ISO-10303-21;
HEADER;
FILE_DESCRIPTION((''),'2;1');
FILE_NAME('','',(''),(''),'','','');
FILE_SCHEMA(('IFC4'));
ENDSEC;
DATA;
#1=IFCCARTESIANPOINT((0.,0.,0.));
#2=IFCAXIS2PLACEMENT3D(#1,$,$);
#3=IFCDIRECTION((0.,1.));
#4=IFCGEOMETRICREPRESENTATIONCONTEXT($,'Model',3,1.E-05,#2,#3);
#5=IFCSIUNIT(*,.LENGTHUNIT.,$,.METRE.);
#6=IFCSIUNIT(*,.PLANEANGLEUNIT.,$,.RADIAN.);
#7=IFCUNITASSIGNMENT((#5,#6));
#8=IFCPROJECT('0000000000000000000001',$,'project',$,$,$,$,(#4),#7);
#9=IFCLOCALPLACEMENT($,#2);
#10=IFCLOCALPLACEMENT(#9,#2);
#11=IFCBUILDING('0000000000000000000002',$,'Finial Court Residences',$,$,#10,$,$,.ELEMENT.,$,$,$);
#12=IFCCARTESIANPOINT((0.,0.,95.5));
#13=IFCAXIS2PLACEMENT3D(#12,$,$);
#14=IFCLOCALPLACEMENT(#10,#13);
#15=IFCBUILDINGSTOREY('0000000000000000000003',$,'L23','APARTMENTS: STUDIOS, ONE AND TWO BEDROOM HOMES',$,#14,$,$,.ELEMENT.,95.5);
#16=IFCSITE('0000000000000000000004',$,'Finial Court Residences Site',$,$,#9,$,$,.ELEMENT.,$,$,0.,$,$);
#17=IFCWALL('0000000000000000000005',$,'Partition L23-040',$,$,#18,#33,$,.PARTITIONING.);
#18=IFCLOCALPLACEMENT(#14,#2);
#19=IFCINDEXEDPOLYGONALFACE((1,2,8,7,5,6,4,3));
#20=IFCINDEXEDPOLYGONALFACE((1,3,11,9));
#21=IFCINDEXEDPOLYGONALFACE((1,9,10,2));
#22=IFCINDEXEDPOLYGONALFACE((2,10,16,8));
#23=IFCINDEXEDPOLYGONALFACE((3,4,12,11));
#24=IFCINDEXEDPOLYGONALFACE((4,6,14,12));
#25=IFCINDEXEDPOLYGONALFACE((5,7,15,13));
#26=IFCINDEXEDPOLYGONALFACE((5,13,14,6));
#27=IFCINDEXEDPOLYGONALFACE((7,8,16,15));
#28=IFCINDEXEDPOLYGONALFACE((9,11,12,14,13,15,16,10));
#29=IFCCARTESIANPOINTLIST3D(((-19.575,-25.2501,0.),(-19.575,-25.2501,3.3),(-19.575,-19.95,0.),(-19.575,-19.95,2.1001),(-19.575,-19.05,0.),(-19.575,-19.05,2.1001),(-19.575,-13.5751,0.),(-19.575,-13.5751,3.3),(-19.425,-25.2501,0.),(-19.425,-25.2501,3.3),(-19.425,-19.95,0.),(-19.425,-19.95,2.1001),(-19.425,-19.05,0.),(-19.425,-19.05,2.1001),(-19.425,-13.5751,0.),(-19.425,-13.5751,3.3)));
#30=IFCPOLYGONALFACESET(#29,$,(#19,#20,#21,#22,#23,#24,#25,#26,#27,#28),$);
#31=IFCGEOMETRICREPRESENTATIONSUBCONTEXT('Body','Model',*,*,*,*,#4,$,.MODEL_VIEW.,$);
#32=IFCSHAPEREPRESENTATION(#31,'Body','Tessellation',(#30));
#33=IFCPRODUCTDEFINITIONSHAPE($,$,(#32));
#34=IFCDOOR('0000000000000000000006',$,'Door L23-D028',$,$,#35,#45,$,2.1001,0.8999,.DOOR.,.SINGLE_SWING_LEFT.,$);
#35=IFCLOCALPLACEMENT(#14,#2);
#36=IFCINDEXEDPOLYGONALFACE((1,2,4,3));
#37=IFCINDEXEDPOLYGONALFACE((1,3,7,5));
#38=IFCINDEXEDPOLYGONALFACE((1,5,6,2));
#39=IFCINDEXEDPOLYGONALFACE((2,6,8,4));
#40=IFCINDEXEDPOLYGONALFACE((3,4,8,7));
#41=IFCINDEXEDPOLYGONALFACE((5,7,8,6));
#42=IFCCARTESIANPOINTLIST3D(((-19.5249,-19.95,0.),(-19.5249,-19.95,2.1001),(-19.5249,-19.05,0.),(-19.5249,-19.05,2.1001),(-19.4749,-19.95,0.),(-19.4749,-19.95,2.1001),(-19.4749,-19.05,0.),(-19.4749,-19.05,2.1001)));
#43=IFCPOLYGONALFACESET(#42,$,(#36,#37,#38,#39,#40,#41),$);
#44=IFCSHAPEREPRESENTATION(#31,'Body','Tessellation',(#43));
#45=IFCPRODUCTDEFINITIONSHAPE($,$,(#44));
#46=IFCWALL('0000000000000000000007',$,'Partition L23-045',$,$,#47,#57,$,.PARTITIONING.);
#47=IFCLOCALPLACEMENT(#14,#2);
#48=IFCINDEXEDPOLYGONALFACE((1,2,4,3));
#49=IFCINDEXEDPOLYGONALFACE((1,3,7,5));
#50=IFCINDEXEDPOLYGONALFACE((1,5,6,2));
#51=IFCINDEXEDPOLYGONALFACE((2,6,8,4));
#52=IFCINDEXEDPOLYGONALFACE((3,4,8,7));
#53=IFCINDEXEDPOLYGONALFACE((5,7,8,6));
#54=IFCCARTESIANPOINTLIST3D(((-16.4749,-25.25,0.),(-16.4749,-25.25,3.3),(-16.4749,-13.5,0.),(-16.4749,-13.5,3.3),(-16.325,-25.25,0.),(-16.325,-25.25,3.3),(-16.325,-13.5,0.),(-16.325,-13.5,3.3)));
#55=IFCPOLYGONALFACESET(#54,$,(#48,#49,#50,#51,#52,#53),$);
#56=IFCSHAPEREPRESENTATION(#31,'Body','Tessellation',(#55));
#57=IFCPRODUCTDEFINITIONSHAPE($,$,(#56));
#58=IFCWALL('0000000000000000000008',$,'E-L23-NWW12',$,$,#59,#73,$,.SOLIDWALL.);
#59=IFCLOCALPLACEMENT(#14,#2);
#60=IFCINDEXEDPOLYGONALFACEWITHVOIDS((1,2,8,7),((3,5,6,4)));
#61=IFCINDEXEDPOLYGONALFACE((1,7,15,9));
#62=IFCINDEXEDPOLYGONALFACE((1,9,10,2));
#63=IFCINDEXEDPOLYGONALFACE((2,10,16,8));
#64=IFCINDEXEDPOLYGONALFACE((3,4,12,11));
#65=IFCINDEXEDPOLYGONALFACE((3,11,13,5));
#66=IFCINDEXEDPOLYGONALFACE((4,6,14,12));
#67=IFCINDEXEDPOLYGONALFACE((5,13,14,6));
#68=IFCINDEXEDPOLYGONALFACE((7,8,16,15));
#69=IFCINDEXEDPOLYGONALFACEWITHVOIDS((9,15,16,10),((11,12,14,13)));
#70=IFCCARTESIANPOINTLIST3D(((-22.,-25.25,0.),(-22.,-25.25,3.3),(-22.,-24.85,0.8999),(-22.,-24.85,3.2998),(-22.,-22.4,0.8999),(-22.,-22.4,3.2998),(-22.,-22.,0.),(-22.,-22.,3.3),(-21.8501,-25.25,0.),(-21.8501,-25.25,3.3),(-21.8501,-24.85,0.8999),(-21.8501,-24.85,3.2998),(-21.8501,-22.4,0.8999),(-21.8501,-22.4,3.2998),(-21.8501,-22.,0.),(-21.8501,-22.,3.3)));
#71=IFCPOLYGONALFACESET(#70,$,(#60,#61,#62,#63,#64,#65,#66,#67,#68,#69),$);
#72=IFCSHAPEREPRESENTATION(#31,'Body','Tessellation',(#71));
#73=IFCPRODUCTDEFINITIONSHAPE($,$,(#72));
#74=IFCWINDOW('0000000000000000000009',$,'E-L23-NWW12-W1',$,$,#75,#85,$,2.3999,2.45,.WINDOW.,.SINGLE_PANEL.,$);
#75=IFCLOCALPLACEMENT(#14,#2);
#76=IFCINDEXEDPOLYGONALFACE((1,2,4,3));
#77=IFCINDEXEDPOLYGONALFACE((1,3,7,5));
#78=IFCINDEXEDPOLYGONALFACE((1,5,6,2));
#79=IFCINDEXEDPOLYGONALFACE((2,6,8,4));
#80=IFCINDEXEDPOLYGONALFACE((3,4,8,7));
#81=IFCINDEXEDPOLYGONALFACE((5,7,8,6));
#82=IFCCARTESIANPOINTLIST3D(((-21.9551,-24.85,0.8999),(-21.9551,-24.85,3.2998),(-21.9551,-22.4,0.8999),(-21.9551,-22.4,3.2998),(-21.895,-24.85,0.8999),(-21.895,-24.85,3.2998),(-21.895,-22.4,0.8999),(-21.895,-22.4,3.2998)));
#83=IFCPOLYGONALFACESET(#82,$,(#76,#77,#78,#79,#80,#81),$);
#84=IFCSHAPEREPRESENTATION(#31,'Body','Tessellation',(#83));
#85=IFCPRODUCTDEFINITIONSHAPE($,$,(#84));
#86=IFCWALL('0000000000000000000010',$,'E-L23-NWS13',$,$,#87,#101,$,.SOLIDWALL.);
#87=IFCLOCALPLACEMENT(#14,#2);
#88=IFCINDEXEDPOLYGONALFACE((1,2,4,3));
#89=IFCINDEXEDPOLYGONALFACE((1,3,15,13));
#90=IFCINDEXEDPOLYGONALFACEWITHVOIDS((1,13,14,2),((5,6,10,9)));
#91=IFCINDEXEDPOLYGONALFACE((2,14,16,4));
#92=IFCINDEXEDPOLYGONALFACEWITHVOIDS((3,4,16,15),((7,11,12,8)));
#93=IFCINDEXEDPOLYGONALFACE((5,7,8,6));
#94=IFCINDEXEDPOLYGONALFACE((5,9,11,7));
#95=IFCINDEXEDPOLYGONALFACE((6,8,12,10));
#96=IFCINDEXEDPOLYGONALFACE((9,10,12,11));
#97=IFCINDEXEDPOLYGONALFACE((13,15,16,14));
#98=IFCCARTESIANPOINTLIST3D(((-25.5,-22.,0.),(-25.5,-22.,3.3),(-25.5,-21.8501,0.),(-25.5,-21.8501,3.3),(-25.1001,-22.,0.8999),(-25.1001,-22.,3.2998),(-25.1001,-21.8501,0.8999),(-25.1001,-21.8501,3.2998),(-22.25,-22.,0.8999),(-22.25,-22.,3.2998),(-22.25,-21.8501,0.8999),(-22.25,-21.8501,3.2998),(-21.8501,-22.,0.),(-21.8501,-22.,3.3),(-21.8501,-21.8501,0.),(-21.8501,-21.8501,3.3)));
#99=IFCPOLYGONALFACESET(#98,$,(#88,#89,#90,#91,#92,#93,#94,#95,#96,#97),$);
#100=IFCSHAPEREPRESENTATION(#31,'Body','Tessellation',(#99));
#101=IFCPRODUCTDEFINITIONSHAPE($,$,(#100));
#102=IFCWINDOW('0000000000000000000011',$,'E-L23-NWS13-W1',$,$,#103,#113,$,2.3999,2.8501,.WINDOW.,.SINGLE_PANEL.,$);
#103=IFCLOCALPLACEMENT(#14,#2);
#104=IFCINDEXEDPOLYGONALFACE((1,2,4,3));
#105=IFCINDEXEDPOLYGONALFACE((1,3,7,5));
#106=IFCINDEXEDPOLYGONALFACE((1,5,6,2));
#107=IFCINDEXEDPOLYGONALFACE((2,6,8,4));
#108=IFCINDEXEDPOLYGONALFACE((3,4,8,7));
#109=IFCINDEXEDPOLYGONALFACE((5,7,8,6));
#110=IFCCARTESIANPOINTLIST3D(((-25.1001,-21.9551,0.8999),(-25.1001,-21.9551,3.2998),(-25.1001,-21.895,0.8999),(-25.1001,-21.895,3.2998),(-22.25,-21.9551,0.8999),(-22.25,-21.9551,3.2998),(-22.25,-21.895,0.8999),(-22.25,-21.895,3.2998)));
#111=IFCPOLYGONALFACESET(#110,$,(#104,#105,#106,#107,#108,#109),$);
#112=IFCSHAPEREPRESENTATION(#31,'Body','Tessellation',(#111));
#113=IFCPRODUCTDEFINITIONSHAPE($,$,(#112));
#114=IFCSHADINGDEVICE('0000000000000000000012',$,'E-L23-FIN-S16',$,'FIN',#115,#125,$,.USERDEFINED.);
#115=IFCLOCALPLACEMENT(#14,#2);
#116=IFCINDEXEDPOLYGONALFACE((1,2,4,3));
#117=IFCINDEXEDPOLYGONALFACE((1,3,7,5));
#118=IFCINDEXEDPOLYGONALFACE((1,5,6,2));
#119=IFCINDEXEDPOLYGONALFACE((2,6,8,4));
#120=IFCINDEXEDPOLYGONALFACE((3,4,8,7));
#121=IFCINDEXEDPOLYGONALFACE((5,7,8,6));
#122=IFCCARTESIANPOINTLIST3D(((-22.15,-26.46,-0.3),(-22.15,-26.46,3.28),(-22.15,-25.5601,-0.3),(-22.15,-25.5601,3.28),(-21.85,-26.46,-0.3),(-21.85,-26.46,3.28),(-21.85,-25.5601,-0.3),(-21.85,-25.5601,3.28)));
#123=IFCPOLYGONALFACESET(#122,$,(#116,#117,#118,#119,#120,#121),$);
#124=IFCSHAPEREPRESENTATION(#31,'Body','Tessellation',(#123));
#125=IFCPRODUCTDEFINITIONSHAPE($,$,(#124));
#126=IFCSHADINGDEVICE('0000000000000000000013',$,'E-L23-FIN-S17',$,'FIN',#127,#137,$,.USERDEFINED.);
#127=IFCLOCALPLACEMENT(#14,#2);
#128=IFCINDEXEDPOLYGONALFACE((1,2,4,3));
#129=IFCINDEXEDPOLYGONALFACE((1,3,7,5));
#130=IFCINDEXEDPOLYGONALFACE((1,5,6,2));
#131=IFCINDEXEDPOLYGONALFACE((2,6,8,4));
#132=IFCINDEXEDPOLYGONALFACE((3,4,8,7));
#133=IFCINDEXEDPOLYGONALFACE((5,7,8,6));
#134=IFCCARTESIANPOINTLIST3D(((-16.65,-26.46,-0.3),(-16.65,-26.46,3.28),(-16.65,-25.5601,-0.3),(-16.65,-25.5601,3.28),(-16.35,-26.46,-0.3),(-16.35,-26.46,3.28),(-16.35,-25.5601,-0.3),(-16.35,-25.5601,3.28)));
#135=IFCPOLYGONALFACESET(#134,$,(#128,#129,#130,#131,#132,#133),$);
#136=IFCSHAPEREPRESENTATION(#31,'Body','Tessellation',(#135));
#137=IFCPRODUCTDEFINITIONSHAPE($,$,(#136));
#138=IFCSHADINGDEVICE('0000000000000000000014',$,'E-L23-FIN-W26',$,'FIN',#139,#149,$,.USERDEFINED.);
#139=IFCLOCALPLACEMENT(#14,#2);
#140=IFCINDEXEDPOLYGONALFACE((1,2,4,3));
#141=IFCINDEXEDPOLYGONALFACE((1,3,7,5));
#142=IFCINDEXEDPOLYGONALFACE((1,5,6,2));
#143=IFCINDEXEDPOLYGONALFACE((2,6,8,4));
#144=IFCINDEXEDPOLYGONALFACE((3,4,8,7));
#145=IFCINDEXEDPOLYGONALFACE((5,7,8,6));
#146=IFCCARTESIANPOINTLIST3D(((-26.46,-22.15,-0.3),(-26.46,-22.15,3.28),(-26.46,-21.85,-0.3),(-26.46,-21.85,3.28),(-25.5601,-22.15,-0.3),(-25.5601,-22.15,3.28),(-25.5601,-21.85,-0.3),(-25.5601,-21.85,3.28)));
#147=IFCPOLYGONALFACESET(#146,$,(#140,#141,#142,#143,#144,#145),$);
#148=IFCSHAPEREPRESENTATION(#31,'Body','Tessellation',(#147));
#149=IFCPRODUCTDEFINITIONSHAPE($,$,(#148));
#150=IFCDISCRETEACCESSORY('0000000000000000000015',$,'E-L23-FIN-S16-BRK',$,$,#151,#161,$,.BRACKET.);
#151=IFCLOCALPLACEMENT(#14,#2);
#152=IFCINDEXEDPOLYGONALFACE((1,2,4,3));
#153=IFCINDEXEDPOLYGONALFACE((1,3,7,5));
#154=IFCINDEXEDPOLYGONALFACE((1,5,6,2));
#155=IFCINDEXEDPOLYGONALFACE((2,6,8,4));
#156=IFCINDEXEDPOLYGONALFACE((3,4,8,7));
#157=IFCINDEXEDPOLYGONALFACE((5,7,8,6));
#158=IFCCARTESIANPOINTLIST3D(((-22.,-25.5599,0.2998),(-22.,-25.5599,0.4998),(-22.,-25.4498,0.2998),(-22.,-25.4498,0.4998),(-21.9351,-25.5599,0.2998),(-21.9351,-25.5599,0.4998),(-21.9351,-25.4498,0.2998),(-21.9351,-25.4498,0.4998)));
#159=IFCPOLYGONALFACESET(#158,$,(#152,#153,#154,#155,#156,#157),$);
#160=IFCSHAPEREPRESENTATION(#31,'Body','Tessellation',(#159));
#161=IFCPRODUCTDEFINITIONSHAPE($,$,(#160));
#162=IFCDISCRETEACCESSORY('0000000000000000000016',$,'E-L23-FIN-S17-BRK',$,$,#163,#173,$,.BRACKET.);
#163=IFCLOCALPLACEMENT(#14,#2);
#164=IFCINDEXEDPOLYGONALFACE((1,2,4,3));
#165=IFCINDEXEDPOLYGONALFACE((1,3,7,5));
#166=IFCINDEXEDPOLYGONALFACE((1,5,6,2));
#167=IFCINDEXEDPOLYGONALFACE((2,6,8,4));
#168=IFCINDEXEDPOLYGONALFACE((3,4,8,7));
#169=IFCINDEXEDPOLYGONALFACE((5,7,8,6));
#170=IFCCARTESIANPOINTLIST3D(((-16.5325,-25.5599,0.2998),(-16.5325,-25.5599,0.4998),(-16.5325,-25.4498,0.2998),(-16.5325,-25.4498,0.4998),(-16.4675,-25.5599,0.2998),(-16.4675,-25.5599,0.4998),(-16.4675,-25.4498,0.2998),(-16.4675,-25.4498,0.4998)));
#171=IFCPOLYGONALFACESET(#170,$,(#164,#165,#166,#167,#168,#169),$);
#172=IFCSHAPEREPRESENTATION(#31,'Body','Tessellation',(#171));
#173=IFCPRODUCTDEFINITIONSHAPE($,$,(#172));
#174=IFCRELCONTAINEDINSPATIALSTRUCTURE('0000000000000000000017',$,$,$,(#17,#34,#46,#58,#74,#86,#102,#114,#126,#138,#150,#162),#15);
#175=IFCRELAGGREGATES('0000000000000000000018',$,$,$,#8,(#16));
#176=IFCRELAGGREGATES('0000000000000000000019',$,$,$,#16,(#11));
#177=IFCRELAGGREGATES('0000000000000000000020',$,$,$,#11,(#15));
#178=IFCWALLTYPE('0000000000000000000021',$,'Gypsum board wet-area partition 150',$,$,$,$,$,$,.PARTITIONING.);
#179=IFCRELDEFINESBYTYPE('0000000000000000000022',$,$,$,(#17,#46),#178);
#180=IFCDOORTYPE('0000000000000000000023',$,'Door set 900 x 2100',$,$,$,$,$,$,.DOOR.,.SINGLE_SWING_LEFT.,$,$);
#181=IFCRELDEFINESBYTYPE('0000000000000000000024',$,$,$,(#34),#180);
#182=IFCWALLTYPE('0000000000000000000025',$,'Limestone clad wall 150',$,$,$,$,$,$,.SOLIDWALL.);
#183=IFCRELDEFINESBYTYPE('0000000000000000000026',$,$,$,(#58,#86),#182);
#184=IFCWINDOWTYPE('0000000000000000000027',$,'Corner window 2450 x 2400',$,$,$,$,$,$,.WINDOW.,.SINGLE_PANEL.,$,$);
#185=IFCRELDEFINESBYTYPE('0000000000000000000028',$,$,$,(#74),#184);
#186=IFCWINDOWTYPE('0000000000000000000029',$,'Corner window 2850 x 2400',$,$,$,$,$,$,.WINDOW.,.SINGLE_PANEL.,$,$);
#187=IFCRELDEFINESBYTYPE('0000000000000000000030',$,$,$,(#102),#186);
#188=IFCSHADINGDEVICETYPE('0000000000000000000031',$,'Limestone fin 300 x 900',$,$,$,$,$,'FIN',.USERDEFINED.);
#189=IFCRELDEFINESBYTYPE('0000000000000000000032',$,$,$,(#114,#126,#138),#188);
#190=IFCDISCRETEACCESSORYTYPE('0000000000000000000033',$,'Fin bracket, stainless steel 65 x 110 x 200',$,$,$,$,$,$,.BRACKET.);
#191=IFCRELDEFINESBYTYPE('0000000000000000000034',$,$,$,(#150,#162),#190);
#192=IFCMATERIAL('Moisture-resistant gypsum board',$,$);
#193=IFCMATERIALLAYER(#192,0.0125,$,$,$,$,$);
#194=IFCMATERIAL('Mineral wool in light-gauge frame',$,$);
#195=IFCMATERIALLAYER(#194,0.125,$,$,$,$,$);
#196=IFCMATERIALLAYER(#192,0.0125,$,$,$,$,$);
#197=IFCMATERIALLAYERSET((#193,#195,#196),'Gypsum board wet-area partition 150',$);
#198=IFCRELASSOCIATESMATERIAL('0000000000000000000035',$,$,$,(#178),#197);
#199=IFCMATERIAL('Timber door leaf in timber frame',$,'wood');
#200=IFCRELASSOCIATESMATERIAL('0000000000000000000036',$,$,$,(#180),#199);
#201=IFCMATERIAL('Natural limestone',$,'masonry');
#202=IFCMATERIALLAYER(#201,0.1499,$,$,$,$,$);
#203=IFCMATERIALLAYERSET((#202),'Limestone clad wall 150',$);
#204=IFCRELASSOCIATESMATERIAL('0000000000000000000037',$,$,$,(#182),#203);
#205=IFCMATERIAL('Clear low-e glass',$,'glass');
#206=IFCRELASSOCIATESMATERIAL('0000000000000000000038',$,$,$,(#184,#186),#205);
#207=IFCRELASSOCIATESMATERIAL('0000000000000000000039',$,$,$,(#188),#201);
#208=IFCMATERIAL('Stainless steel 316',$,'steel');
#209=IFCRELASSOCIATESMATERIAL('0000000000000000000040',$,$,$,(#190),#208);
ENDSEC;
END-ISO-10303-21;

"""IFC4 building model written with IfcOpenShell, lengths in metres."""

from ifc_helpers import new_model, si_unit, direction, frame, frame_2d, origin, origin_2d, place, context, subcontext, project, spatial, rectangle, extrude, material, layer, layer_set, type_object, element, fill, save


model = new_model("IFC4")

# Units and contexts
model_context = context("Model", 3, precision=1e-05, world=origin(), true_north=direction((0.0, 1.0)))
body_context = subcontext(model_context, "Body", "Model", "MODEL_VIEW")
ifc_project = project(units=[si_unit("LENGTHUNIT", "METRE"), si_unit("PLANEANGLEUNIT", "RADIAN")], contexts=[model_context])

# Site, building, storey
site_placement = place(None, origin())
site = spatial("IfcSite", under=ifc_project, at=site_placement, Name="Finial Court Residences Site", CompositionType="ELEMENT", RefElevation=0.0)
building_placement = place(site_placement, origin())
building = spatial("IfcBuilding", under=site, at=building_placement, Name="Finial Court Residences", CompositionType="ELEMENT")
storey_placement = place(building_placement, frame((0.0, 0.0, 95.5)))
storey = spatial("IfcBuildingStorey", under=building, at=storey_placement, Name="L23", Description="APARTMENTS: STUDIOS, ONE AND TWO BEDROOM HOMES", CompositionType="ELEMENT", Elevation=95.5)

# Shared definitions
ifc_material_1 = material(Name="Clear low-e glass", Category="glass")

# Wall, opening, door
ifc_material_2 = material(Name="Moisture-resistant gypsum board")
ifc_layer_1 = layer(ifc_material_2, 0.0125)
ifc_material_3 = material(Name="Mineral wool in light-gauge frame")
ifc_layer_2 = layer(ifc_material_3, 0.125)
ifc_layer_3 = layer(ifc_material_2, 0.0125)
ifc_layer_set_1 = layer_set([ifc_layer_1, ifc_layer_2, ifc_layer_3], Name="Gypsum board wet-area partition 150")
wall_type_1 = type_object("IfcWallType", Name="Gypsum board wet-area partition 150", PredefinedType="PARTITIONING", material=ifc_layer_set_1)
ifc_material_4 = material(Name="Timber door leaf in timber frame", Category="wood")
door_type = type_object("IfcDoorType", Name="Door set 900 x 2100", OperationType="SINGLE_SWING_LEFT", PredefinedType="DOOR", material=ifc_material_4)
wall_1_placement = place(storey_placement, frame((-19.5, -25.25, 0.0), z_axis=(0.0, 0.0, 1.0), x_axis=(0.0, 1.0, 0.0)))
wall_1 = element("IfcWall", 1, at=wall_1_placement, inside=storey, type_object=wall_type_1, Name="Partition L23-040", PredefinedType="PARTITIONING", context=body_context, shape_type="SweptSolid", body=[
    extrude(rectangle(XDim=11.675, YDim=0.1499, at=frame_2d((5.8374, 0.0))), origin(), (0.0, 0.0, 1.0), 3.3),
])
opening_1_placement = place(wall_1_placement, frame((5.3, 0.0, 0.0)))
opening_1 = element("IfcOpeningElement", 2, at=opening_1_placement, cuts=wall_1, PredefinedType="OPENING", context=body_context, shape_type="SweptSolid", body=[
    extrude(rectangle(XDim=0.8999, YDim=2.1001, at=frame_2d((0.45, 1.05))), frame((0.0, 0.085, 0.0), z_axis=(0.0, -1.0, 0.0), x_axis=(1.0, 0.0, 0.0)), (0.0, 0.0, 1.0), 0.1699),
])
door_1_placement = place(opening_1_placement, origin())
door_1 = element("IfcDoor", 3, at=door_1_placement, inside=storey, type_object=door_type, Name="Door L23-D028", OperationType="SINGLE_SWING_LEFT", OverallHeight=2.1001, OverallWidth=0.8999, PredefinedType="DOOR", context=body_context, shape_type="SweptSolid", body=[
    extrude(rectangle(XDim=0.8999, YDim=2.1001, at=frame_2d((0.45, 1.05))), frame((0.0, 0.0249, 0.0), z_axis=(0.0, -1.0, 0.0), x_axis=(1.0, 0.0, 0.0)), (0.0, 0.0, 1.0), 0.05),
])
fill(opening_1, door_1)

# Wall
wall_2_placement = place(storey_placement, frame((-16.3999, -25.25, 0.0), z_axis=(0.0, 0.0, 1.0), x_axis=(0.0, 1.0, 0.0)))
element("IfcWall", 4, at=wall_2_placement, inside=storey, type_object=wall_type_1, Name="Partition L23-045", PredefinedType="PARTITIONING", context=body_context, shape_type="SweptSolid", body=[
    extrude(rectangle(XDim=11.75, YDim=0.1499, at=frame_2d((5.875, 0.0))), origin(), (0.0, 0.0, 1.0), 3.3),
])

# Walls, openings, windows
ifc_material_5 = material(Name="Natural limestone", Category="masonry")
ifc_layer_4 = layer(ifc_material_5, 0.1499)
ifc_layer_set_2 = layer_set([ifc_layer_4], Name="Limestone clad wall 150")
wall_type_2 = type_object("IfcWallType", Name="Limestone clad wall 150", PredefinedType="SOLIDWALL", material=ifc_layer_set_2)
wall_3_placement = place(storey_placement, frame((-21.925, -25.25, 0.0), z_axis=(0.0, 0.0, 1.0), x_axis=(0.0, 1.0, 0.0)))
wall_3 = element("IfcWall", 5, at=wall_3_placement, inside=storey, type_object=wall_type_2, Name="E-L23-NWW12", PredefinedType="SOLIDWALL", context=body_context, shape_type="SweptSolid", body=[
    extrude(rectangle(XDim=3.25, YDim=0.1499, at=frame_2d((1.625, 0.0))), origin(), (0.0, 0.0, 1.0), 3.3),
])
opening_2_placement = place(wall_3_placement, frame((0.3999, 0.0, 0.8999)))
opening_2 = element("IfcOpeningElement", 6, at=opening_2_placement, cuts=wall_3, PredefinedType="OPENING", context=body_context, shape_type="SweptSolid", body=[
    extrude(rectangle(XDim=2.45, YDim=2.3999, at=frame_2d((1.2251, 1.2))), frame((0.0, 0.085, 0.0), z_axis=(0.0, -1.0, 0.0), x_axis=(1.0, 0.0, 0.0)), (0.0, 0.0, 1.0), 0.1699),
])
window_type_1 = type_object("IfcWindowType", Name="Corner window 2450 x 2400", PartitioningType="SINGLE_PANEL", PredefinedType="WINDOW", material=ifc_material_1)
window_1_placement = place(opening_2_placement, origin())
window_1 = element("IfcWindow", 7, at=window_1_placement, inside=storey, type_object=window_type_1, Name="E-L23-NWW12-W1", OverallHeight=2.3999, OverallWidth=2.45, PartitioningType="SINGLE_PANEL", PredefinedType="WINDOW", context=body_context, shape_type="SweptSolid", body=[
    extrude(rectangle(XDim=2.45, YDim=2.3999, at=frame_2d((1.2251, 1.2))), frame((0.0, 0.03, 0.0), z_axis=(0.0, -1.0, 0.0), x_axis=(1.0, 0.0, 0.0)), (0.0, 0.0, 1.0), 0.0601),
])
fill(opening_2, window_1)
wall_4_placement = place(storey_placement, frame((-21.8501, -21.925, 0.0), z_axis=(0.0, 0.0, 1.0), x_axis=(-1.0, 0.0, 0.0)))
wall_4 = element("IfcWall", 8, at=wall_4_placement, inside=storey, type_object=wall_type_2, Name="E-L23-NWS13", PredefinedType="SOLIDWALL", context=body_context, shape_type="SweptSolid", body=[
    extrude(rectangle(XDim=3.6499, YDim=0.1499, at=frame_2d((1.825, 0.0))), origin(), (0.0, 0.0, 1.0), 3.3),
])
opening_3_placement = place(wall_4_placement, frame((0.3999, 0.0, 0.8999)))
opening_3 = element("IfcOpeningElement", 9, at=opening_3_placement, cuts=wall_4, PredefinedType="OPENING", context=body_context, shape_type="SweptSolid", body=[
    extrude(rectangle(XDim=2.8501, YDim=2.3999, at=frame_2d((1.425, 1.2))), frame((0.0, 0.085, 0.0), z_axis=(0.0, -1.0, 0.0), x_axis=(1.0, 0.0, 0.0)), (0.0, 0.0, 1.0), 0.1699),
])
window_type_2 = type_object("IfcWindowType", Name="Corner window 2850 x 2400", PartitioningType="SINGLE_PANEL", PredefinedType="WINDOW", material=ifc_material_1)
window_2_placement = place(opening_3_placement, origin())
window_2 = element("IfcWindow", 10, at=window_2_placement, inside=storey, type_object=window_type_2, Name="E-L23-NWS13-W1", OverallHeight=2.3999, OverallWidth=2.8501, PartitioningType="SINGLE_PANEL", PredefinedType="WINDOW", context=body_context, shape_type="SweptSolid", body=[
    extrude(rectangle(XDim=2.8501, YDim=2.3999, at=frame_2d((1.425, 1.2))), frame((0.0, 0.03, 0.0), z_axis=(0.0, -1.0, 0.0), x_axis=(1.0, 0.0, 0.0)), (0.0, 0.0, 1.0), 0.0601),
])
fill(opening_3, window_2)

# Shading devices
shading_device_type = type_object("IfcShadingDeviceType", Name="Limestone fin 300 x 900", ElementType="FIN", PredefinedType="USERDEFINED", material=ifc_material_5)
for number, where, z_axis, x_axis, name in (
    (11, (-22.0, -26.01, -0.3), (0.0, 0.0, 1.0), (1.0, 0.0, 0.0), "E-L23-FIN-S16"),
    (12, (-16.5, -26.01, -0.3), (0.0, 0.0, 1.0), (1.0, 0.0, 0.0), "E-L23-FIN-S17"),
):
    element("IfcShadingDevice", number, at=place(storey_placement, frame(where, z_axis=z_axis, x_axis=x_axis)), inside=storey, type_object=shading_device_type, Name=name, ObjectType="FIN", PredefinedType="USERDEFINED", context=body_context, shape_type="SweptSolid", body=[
        extrude(rectangle(XDim=0.3, YDim=0.8999, at=origin_2d()), origin(), (0.0, 0.0, 1.0), 3.5801),
    ])
shading_device_placement = place(storey_placement, frame((-26.01, -22.0, -0.3), z_axis=(0.0, 0.0, 1.0), x_axis=(1.0, 0.0, 0.0)))
element("IfcShadingDevice", 13, at=shading_device_placement, inside=storey, type_object=shading_device_type, Name="E-L23-FIN-W26", ObjectType="FIN", PredefinedType="USERDEFINED", context=body_context, shape_type="SweptSolid", body=[
    extrude(rectangle(XDim=0.8999, YDim=0.3, at=origin_2d()), origin(), (0.0, 0.0, 1.0), 3.5801),
])

# Discrete accessories
ifc_material_6 = material(Name="Stainless steel 316", Category="steel")
discrete_accessory_type = type_object("IfcDiscreteAccessoryType", Name="Fin bracket, stainless steel 65 x 110 x 200", PredefinedType="BRACKET", material=ifc_material_6)
for number, where, z_axis, x_axis, name in (
    (14, (-21.9675, -25.5049, 0.2998), (0.0, 0.0, 1.0), (1.0, 0.0, 0.0), "E-L23-FIN-S16-BRK"),
    (15, (-16.5, -25.5049, 0.2998), (0.0, 0.0, 1.0), (1.0, 0.0, 0.0), "E-L23-FIN-S17-BRK"),
):
    element("IfcDiscreteAccessory", number, at=place(storey_placement, frame(where, z_axis=z_axis, x_axis=x_axis)), inside=storey, type_object=discrete_accessory_type, Name=name, PredefinedType="BRACKET", context=body_context, shape_type="SweptSolid", body=[
        extrude(rectangle(XDim=0.0649, YDim=0.1101, at=origin_2d()), origin(), (0.0, 0.0, 1.0), 0.2),
    ])

save(model, "model.ifc")
